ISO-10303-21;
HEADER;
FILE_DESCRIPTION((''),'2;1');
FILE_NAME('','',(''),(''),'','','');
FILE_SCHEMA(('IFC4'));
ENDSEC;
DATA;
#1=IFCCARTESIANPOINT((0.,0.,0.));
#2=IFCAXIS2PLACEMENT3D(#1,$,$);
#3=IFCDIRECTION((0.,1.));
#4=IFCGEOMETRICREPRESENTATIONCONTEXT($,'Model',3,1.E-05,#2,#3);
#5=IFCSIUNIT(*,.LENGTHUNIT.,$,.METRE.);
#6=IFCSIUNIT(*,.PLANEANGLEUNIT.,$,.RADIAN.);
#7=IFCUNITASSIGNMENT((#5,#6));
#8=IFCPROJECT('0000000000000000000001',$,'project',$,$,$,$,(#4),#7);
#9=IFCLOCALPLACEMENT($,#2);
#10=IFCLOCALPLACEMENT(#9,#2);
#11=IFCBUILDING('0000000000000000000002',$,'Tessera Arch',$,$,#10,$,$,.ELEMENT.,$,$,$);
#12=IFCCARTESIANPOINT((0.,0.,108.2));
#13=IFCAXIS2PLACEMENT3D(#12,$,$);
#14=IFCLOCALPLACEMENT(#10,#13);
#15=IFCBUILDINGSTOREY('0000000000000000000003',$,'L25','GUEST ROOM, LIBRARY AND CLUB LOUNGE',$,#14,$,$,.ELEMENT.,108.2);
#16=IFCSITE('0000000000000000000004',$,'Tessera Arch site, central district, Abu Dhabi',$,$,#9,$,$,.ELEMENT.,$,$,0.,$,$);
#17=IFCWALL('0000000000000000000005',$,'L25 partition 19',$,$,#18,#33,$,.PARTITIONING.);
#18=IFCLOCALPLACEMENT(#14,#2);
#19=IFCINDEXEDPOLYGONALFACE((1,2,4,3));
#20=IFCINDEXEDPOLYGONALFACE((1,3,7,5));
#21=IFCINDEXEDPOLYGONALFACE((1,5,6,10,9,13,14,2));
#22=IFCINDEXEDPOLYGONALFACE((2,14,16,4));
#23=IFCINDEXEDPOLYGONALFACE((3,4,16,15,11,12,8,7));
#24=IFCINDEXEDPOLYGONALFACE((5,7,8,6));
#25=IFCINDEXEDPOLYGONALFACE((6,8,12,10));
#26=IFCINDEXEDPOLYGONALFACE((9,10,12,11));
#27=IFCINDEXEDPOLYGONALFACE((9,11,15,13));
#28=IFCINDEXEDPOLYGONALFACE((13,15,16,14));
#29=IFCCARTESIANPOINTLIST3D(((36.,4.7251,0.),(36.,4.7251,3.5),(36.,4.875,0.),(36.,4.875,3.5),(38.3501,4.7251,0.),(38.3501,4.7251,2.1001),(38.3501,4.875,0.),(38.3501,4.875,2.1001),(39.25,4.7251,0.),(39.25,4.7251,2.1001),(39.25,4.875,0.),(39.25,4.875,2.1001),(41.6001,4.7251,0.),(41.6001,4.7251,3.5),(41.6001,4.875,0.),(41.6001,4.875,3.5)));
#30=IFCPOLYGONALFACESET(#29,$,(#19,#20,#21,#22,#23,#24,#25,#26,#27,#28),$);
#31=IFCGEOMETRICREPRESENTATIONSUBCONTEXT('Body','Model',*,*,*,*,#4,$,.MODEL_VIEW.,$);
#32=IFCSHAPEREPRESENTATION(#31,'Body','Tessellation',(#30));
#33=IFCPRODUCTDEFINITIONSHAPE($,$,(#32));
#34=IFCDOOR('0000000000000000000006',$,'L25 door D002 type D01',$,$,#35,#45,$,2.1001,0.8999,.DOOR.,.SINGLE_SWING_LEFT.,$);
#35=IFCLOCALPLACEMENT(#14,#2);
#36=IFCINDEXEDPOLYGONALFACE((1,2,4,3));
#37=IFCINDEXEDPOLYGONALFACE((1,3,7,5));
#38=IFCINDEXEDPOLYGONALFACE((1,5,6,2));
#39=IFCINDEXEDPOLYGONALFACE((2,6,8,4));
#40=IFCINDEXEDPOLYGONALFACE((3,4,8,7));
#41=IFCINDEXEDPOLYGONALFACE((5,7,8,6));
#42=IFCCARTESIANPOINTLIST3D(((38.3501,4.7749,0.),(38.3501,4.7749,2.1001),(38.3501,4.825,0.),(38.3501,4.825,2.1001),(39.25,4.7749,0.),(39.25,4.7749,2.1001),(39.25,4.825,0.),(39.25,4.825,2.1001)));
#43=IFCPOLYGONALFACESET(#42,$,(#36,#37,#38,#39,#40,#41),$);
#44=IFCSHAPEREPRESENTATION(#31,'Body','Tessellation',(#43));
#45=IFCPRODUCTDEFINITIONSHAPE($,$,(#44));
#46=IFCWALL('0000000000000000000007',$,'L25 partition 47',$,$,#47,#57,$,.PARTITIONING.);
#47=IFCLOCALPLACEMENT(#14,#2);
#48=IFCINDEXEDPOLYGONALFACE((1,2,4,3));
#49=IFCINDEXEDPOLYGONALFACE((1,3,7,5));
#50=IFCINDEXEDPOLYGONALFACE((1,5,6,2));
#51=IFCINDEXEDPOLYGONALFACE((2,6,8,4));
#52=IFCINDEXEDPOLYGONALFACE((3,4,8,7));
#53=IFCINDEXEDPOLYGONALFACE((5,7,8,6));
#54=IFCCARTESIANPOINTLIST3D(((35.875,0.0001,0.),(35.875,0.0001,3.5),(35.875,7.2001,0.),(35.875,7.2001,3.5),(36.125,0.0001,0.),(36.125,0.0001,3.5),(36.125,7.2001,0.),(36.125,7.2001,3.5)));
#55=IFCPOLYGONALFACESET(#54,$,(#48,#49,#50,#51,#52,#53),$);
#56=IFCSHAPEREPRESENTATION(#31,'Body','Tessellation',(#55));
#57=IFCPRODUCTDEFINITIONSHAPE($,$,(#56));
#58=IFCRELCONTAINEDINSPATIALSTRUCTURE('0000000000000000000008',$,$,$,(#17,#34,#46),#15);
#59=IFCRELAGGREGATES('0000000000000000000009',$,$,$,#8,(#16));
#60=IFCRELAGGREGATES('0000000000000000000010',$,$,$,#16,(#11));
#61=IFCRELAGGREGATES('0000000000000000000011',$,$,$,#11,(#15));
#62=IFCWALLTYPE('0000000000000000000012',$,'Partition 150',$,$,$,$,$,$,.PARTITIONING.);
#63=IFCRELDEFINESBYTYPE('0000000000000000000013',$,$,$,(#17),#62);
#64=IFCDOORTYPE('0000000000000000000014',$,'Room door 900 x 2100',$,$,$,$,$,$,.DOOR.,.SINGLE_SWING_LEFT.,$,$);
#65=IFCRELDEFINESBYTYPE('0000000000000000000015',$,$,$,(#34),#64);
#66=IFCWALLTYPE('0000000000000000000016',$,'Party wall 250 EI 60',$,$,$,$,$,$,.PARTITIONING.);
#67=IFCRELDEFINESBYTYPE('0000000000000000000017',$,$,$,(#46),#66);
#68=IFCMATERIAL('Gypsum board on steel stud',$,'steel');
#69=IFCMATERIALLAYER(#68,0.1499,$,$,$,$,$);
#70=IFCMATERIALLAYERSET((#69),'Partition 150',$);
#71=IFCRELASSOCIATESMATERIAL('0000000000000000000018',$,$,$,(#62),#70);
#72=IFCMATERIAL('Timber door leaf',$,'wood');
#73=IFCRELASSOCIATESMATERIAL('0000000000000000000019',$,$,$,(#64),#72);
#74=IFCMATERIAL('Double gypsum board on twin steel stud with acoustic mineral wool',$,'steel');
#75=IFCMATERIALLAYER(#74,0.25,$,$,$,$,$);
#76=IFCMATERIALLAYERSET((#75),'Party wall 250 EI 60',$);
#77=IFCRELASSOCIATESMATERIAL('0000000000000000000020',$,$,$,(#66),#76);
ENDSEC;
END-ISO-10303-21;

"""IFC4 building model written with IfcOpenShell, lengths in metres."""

from ifc_helpers import new_model, si_unit, direction, frame, frame_2d, origin, place, context, subcontext, project, spatial, rectangle, extrude, material, layer, layer_set, type_object, element, fill, save


model = new_model("IFC4")

# Units and contexts
model_context = context("Model", 3, precision=1e-05, world=origin(), true_north=direction((0.0, 1.0)))
body_context = subcontext(model_context, "Body", "Model", "MODEL_VIEW")
ifc_project = project(units=[si_unit("LENGTHUNIT", "METRE"), si_unit("PLANEANGLEUNIT", "RADIAN")], contexts=[model_context])

# Site, building, storey
site_placement = place(None, origin())
site = spatial("IfcSite", under=ifc_project, at=site_placement, Name="Tessera Arch site, central district, Abu Dhabi", CompositionType="ELEMENT", RefElevation=0.0)
building_placement = place(site_placement, origin())
building = spatial("IfcBuilding", under=site, at=building_placement, Name="Tessera Arch", CompositionType="ELEMENT")
storey_placement = place(building_placement, frame((0.0, 0.0, 108.2)))
storey = spatial("IfcBuildingStorey", under=building, at=storey_placement, Name="L25", Description="GUEST ROOM, LIBRARY AND CLUB LOUNGE", CompositionType="ELEMENT", Elevation=108.2)

# Wall, opening, door
ifc_material_1 = material(Name="Gypsum board on steel stud", Category="steel")
ifc_layer_1 = layer(ifc_material_1, 0.1499)
ifc_layer_set_1 = layer_set([ifc_layer_1], Name="Partition 150")
wall_type_1 = type_object("IfcWallType", Name="Partition 150", PredefinedType="PARTITIONING", material=ifc_layer_set_1)
wall_1_placement = place(storey_placement, frame((36.0, 4.8, 0.0), z_axis=(0.0, 0.0, 1.0), x_axis=(1.0, 0.0, 0.0)))
wall_1 = element("IfcWall", 1, at=wall_1_placement, inside=storey, type_object=wall_type_1, Name="L25 partition 19", PredefinedType="PARTITIONING", context=body_context, shape_type="SweptSolid", body=[
    extrude(rectangle(XDim=5.6001, YDim=0.1499, at=frame_2d((2.8, 0.0))), origin(), (0.0, 0.0, 1.0), 3.5),
])
opening_placement = place(wall_1_placement, frame((2.3501, 0.0, 0.0)))
opening = element("IfcOpeningElement", 2, at=opening_placement, cuts=wall_1, PredefinedType="OPENING", context=body_context, shape_type="SweptSolid", body=[
    extrude(rectangle(XDim=0.8999, YDim=2.1001, at=frame_2d((0.45, 1.05))), frame((0.0, 0.085, 0.0), z_axis=(0.0, -1.0, 0.0), x_axis=(1.0, 0.0, 0.0)), (0.0, 0.0, 1.0), 0.1699),
])
ifc_material_2 = material(Name="Timber door leaf", Category="wood")
door_type = type_object("IfcDoorType", Name="Room door 900 x 2100", OperationType="SINGLE_SWING_LEFT", PredefinedType="DOOR", material=ifc_material_2)
door_placement = place(opening_placement, origin())
door = element("IfcDoor", 3, at=door_placement, inside=storey, type_object=door_type, Name="L25 door D002 type D01", OperationType="SINGLE_SWING_LEFT", OverallHeight=2.1001, OverallWidth=0.8999, PredefinedType="DOOR", context=body_context, shape_type="SweptSolid", body=[
    extrude(rectangle(XDim=0.8999, YDim=2.1001, at=frame_2d((0.45, 1.05))), frame((0.0, 0.0249, 0.0), z_axis=(0.0, -1.0, 0.0), x_axis=(1.0, 0.0, 0.0)), (0.0, 0.0, 1.0), 0.05),
])
fill(opening, door)

# Wall
ifc_material_3 = material(Name="Double gypsum board on twin steel stud with acoustic mineral wool", Category="steel")
ifc_layer_2 = layer(ifc_material_3, 0.25)
ifc_layer_set_2 = layer_set([ifc_layer_2], Name="Party wall 250 EI 60")
wall_type_2 = type_object("IfcWallType", Name="Party wall 250 EI 60", PredefinedType="PARTITIONING", material=ifc_layer_set_2)
wall_2_placement = place(storey_placement, frame((36.0, 0.0, 0.0), z_axis=(0.0, 0.0, 1.0), x_axis=(0.0, 1.0, 0.0)))
element("IfcWall", 4, at=wall_2_placement, inside=storey, type_object=wall_type_2, Name="L25 partition 47", PredefinedType="PARTITIONING", context=body_context, shape_type="SweptSolid", body=[
    extrude(rectangle(XDim=7.2, YDim=0.25, at=frame_2d((3.6001, 0.0))), origin(), (0.0, 0.0, 1.0), 3.5),
])

save(model, "model.ifc")
